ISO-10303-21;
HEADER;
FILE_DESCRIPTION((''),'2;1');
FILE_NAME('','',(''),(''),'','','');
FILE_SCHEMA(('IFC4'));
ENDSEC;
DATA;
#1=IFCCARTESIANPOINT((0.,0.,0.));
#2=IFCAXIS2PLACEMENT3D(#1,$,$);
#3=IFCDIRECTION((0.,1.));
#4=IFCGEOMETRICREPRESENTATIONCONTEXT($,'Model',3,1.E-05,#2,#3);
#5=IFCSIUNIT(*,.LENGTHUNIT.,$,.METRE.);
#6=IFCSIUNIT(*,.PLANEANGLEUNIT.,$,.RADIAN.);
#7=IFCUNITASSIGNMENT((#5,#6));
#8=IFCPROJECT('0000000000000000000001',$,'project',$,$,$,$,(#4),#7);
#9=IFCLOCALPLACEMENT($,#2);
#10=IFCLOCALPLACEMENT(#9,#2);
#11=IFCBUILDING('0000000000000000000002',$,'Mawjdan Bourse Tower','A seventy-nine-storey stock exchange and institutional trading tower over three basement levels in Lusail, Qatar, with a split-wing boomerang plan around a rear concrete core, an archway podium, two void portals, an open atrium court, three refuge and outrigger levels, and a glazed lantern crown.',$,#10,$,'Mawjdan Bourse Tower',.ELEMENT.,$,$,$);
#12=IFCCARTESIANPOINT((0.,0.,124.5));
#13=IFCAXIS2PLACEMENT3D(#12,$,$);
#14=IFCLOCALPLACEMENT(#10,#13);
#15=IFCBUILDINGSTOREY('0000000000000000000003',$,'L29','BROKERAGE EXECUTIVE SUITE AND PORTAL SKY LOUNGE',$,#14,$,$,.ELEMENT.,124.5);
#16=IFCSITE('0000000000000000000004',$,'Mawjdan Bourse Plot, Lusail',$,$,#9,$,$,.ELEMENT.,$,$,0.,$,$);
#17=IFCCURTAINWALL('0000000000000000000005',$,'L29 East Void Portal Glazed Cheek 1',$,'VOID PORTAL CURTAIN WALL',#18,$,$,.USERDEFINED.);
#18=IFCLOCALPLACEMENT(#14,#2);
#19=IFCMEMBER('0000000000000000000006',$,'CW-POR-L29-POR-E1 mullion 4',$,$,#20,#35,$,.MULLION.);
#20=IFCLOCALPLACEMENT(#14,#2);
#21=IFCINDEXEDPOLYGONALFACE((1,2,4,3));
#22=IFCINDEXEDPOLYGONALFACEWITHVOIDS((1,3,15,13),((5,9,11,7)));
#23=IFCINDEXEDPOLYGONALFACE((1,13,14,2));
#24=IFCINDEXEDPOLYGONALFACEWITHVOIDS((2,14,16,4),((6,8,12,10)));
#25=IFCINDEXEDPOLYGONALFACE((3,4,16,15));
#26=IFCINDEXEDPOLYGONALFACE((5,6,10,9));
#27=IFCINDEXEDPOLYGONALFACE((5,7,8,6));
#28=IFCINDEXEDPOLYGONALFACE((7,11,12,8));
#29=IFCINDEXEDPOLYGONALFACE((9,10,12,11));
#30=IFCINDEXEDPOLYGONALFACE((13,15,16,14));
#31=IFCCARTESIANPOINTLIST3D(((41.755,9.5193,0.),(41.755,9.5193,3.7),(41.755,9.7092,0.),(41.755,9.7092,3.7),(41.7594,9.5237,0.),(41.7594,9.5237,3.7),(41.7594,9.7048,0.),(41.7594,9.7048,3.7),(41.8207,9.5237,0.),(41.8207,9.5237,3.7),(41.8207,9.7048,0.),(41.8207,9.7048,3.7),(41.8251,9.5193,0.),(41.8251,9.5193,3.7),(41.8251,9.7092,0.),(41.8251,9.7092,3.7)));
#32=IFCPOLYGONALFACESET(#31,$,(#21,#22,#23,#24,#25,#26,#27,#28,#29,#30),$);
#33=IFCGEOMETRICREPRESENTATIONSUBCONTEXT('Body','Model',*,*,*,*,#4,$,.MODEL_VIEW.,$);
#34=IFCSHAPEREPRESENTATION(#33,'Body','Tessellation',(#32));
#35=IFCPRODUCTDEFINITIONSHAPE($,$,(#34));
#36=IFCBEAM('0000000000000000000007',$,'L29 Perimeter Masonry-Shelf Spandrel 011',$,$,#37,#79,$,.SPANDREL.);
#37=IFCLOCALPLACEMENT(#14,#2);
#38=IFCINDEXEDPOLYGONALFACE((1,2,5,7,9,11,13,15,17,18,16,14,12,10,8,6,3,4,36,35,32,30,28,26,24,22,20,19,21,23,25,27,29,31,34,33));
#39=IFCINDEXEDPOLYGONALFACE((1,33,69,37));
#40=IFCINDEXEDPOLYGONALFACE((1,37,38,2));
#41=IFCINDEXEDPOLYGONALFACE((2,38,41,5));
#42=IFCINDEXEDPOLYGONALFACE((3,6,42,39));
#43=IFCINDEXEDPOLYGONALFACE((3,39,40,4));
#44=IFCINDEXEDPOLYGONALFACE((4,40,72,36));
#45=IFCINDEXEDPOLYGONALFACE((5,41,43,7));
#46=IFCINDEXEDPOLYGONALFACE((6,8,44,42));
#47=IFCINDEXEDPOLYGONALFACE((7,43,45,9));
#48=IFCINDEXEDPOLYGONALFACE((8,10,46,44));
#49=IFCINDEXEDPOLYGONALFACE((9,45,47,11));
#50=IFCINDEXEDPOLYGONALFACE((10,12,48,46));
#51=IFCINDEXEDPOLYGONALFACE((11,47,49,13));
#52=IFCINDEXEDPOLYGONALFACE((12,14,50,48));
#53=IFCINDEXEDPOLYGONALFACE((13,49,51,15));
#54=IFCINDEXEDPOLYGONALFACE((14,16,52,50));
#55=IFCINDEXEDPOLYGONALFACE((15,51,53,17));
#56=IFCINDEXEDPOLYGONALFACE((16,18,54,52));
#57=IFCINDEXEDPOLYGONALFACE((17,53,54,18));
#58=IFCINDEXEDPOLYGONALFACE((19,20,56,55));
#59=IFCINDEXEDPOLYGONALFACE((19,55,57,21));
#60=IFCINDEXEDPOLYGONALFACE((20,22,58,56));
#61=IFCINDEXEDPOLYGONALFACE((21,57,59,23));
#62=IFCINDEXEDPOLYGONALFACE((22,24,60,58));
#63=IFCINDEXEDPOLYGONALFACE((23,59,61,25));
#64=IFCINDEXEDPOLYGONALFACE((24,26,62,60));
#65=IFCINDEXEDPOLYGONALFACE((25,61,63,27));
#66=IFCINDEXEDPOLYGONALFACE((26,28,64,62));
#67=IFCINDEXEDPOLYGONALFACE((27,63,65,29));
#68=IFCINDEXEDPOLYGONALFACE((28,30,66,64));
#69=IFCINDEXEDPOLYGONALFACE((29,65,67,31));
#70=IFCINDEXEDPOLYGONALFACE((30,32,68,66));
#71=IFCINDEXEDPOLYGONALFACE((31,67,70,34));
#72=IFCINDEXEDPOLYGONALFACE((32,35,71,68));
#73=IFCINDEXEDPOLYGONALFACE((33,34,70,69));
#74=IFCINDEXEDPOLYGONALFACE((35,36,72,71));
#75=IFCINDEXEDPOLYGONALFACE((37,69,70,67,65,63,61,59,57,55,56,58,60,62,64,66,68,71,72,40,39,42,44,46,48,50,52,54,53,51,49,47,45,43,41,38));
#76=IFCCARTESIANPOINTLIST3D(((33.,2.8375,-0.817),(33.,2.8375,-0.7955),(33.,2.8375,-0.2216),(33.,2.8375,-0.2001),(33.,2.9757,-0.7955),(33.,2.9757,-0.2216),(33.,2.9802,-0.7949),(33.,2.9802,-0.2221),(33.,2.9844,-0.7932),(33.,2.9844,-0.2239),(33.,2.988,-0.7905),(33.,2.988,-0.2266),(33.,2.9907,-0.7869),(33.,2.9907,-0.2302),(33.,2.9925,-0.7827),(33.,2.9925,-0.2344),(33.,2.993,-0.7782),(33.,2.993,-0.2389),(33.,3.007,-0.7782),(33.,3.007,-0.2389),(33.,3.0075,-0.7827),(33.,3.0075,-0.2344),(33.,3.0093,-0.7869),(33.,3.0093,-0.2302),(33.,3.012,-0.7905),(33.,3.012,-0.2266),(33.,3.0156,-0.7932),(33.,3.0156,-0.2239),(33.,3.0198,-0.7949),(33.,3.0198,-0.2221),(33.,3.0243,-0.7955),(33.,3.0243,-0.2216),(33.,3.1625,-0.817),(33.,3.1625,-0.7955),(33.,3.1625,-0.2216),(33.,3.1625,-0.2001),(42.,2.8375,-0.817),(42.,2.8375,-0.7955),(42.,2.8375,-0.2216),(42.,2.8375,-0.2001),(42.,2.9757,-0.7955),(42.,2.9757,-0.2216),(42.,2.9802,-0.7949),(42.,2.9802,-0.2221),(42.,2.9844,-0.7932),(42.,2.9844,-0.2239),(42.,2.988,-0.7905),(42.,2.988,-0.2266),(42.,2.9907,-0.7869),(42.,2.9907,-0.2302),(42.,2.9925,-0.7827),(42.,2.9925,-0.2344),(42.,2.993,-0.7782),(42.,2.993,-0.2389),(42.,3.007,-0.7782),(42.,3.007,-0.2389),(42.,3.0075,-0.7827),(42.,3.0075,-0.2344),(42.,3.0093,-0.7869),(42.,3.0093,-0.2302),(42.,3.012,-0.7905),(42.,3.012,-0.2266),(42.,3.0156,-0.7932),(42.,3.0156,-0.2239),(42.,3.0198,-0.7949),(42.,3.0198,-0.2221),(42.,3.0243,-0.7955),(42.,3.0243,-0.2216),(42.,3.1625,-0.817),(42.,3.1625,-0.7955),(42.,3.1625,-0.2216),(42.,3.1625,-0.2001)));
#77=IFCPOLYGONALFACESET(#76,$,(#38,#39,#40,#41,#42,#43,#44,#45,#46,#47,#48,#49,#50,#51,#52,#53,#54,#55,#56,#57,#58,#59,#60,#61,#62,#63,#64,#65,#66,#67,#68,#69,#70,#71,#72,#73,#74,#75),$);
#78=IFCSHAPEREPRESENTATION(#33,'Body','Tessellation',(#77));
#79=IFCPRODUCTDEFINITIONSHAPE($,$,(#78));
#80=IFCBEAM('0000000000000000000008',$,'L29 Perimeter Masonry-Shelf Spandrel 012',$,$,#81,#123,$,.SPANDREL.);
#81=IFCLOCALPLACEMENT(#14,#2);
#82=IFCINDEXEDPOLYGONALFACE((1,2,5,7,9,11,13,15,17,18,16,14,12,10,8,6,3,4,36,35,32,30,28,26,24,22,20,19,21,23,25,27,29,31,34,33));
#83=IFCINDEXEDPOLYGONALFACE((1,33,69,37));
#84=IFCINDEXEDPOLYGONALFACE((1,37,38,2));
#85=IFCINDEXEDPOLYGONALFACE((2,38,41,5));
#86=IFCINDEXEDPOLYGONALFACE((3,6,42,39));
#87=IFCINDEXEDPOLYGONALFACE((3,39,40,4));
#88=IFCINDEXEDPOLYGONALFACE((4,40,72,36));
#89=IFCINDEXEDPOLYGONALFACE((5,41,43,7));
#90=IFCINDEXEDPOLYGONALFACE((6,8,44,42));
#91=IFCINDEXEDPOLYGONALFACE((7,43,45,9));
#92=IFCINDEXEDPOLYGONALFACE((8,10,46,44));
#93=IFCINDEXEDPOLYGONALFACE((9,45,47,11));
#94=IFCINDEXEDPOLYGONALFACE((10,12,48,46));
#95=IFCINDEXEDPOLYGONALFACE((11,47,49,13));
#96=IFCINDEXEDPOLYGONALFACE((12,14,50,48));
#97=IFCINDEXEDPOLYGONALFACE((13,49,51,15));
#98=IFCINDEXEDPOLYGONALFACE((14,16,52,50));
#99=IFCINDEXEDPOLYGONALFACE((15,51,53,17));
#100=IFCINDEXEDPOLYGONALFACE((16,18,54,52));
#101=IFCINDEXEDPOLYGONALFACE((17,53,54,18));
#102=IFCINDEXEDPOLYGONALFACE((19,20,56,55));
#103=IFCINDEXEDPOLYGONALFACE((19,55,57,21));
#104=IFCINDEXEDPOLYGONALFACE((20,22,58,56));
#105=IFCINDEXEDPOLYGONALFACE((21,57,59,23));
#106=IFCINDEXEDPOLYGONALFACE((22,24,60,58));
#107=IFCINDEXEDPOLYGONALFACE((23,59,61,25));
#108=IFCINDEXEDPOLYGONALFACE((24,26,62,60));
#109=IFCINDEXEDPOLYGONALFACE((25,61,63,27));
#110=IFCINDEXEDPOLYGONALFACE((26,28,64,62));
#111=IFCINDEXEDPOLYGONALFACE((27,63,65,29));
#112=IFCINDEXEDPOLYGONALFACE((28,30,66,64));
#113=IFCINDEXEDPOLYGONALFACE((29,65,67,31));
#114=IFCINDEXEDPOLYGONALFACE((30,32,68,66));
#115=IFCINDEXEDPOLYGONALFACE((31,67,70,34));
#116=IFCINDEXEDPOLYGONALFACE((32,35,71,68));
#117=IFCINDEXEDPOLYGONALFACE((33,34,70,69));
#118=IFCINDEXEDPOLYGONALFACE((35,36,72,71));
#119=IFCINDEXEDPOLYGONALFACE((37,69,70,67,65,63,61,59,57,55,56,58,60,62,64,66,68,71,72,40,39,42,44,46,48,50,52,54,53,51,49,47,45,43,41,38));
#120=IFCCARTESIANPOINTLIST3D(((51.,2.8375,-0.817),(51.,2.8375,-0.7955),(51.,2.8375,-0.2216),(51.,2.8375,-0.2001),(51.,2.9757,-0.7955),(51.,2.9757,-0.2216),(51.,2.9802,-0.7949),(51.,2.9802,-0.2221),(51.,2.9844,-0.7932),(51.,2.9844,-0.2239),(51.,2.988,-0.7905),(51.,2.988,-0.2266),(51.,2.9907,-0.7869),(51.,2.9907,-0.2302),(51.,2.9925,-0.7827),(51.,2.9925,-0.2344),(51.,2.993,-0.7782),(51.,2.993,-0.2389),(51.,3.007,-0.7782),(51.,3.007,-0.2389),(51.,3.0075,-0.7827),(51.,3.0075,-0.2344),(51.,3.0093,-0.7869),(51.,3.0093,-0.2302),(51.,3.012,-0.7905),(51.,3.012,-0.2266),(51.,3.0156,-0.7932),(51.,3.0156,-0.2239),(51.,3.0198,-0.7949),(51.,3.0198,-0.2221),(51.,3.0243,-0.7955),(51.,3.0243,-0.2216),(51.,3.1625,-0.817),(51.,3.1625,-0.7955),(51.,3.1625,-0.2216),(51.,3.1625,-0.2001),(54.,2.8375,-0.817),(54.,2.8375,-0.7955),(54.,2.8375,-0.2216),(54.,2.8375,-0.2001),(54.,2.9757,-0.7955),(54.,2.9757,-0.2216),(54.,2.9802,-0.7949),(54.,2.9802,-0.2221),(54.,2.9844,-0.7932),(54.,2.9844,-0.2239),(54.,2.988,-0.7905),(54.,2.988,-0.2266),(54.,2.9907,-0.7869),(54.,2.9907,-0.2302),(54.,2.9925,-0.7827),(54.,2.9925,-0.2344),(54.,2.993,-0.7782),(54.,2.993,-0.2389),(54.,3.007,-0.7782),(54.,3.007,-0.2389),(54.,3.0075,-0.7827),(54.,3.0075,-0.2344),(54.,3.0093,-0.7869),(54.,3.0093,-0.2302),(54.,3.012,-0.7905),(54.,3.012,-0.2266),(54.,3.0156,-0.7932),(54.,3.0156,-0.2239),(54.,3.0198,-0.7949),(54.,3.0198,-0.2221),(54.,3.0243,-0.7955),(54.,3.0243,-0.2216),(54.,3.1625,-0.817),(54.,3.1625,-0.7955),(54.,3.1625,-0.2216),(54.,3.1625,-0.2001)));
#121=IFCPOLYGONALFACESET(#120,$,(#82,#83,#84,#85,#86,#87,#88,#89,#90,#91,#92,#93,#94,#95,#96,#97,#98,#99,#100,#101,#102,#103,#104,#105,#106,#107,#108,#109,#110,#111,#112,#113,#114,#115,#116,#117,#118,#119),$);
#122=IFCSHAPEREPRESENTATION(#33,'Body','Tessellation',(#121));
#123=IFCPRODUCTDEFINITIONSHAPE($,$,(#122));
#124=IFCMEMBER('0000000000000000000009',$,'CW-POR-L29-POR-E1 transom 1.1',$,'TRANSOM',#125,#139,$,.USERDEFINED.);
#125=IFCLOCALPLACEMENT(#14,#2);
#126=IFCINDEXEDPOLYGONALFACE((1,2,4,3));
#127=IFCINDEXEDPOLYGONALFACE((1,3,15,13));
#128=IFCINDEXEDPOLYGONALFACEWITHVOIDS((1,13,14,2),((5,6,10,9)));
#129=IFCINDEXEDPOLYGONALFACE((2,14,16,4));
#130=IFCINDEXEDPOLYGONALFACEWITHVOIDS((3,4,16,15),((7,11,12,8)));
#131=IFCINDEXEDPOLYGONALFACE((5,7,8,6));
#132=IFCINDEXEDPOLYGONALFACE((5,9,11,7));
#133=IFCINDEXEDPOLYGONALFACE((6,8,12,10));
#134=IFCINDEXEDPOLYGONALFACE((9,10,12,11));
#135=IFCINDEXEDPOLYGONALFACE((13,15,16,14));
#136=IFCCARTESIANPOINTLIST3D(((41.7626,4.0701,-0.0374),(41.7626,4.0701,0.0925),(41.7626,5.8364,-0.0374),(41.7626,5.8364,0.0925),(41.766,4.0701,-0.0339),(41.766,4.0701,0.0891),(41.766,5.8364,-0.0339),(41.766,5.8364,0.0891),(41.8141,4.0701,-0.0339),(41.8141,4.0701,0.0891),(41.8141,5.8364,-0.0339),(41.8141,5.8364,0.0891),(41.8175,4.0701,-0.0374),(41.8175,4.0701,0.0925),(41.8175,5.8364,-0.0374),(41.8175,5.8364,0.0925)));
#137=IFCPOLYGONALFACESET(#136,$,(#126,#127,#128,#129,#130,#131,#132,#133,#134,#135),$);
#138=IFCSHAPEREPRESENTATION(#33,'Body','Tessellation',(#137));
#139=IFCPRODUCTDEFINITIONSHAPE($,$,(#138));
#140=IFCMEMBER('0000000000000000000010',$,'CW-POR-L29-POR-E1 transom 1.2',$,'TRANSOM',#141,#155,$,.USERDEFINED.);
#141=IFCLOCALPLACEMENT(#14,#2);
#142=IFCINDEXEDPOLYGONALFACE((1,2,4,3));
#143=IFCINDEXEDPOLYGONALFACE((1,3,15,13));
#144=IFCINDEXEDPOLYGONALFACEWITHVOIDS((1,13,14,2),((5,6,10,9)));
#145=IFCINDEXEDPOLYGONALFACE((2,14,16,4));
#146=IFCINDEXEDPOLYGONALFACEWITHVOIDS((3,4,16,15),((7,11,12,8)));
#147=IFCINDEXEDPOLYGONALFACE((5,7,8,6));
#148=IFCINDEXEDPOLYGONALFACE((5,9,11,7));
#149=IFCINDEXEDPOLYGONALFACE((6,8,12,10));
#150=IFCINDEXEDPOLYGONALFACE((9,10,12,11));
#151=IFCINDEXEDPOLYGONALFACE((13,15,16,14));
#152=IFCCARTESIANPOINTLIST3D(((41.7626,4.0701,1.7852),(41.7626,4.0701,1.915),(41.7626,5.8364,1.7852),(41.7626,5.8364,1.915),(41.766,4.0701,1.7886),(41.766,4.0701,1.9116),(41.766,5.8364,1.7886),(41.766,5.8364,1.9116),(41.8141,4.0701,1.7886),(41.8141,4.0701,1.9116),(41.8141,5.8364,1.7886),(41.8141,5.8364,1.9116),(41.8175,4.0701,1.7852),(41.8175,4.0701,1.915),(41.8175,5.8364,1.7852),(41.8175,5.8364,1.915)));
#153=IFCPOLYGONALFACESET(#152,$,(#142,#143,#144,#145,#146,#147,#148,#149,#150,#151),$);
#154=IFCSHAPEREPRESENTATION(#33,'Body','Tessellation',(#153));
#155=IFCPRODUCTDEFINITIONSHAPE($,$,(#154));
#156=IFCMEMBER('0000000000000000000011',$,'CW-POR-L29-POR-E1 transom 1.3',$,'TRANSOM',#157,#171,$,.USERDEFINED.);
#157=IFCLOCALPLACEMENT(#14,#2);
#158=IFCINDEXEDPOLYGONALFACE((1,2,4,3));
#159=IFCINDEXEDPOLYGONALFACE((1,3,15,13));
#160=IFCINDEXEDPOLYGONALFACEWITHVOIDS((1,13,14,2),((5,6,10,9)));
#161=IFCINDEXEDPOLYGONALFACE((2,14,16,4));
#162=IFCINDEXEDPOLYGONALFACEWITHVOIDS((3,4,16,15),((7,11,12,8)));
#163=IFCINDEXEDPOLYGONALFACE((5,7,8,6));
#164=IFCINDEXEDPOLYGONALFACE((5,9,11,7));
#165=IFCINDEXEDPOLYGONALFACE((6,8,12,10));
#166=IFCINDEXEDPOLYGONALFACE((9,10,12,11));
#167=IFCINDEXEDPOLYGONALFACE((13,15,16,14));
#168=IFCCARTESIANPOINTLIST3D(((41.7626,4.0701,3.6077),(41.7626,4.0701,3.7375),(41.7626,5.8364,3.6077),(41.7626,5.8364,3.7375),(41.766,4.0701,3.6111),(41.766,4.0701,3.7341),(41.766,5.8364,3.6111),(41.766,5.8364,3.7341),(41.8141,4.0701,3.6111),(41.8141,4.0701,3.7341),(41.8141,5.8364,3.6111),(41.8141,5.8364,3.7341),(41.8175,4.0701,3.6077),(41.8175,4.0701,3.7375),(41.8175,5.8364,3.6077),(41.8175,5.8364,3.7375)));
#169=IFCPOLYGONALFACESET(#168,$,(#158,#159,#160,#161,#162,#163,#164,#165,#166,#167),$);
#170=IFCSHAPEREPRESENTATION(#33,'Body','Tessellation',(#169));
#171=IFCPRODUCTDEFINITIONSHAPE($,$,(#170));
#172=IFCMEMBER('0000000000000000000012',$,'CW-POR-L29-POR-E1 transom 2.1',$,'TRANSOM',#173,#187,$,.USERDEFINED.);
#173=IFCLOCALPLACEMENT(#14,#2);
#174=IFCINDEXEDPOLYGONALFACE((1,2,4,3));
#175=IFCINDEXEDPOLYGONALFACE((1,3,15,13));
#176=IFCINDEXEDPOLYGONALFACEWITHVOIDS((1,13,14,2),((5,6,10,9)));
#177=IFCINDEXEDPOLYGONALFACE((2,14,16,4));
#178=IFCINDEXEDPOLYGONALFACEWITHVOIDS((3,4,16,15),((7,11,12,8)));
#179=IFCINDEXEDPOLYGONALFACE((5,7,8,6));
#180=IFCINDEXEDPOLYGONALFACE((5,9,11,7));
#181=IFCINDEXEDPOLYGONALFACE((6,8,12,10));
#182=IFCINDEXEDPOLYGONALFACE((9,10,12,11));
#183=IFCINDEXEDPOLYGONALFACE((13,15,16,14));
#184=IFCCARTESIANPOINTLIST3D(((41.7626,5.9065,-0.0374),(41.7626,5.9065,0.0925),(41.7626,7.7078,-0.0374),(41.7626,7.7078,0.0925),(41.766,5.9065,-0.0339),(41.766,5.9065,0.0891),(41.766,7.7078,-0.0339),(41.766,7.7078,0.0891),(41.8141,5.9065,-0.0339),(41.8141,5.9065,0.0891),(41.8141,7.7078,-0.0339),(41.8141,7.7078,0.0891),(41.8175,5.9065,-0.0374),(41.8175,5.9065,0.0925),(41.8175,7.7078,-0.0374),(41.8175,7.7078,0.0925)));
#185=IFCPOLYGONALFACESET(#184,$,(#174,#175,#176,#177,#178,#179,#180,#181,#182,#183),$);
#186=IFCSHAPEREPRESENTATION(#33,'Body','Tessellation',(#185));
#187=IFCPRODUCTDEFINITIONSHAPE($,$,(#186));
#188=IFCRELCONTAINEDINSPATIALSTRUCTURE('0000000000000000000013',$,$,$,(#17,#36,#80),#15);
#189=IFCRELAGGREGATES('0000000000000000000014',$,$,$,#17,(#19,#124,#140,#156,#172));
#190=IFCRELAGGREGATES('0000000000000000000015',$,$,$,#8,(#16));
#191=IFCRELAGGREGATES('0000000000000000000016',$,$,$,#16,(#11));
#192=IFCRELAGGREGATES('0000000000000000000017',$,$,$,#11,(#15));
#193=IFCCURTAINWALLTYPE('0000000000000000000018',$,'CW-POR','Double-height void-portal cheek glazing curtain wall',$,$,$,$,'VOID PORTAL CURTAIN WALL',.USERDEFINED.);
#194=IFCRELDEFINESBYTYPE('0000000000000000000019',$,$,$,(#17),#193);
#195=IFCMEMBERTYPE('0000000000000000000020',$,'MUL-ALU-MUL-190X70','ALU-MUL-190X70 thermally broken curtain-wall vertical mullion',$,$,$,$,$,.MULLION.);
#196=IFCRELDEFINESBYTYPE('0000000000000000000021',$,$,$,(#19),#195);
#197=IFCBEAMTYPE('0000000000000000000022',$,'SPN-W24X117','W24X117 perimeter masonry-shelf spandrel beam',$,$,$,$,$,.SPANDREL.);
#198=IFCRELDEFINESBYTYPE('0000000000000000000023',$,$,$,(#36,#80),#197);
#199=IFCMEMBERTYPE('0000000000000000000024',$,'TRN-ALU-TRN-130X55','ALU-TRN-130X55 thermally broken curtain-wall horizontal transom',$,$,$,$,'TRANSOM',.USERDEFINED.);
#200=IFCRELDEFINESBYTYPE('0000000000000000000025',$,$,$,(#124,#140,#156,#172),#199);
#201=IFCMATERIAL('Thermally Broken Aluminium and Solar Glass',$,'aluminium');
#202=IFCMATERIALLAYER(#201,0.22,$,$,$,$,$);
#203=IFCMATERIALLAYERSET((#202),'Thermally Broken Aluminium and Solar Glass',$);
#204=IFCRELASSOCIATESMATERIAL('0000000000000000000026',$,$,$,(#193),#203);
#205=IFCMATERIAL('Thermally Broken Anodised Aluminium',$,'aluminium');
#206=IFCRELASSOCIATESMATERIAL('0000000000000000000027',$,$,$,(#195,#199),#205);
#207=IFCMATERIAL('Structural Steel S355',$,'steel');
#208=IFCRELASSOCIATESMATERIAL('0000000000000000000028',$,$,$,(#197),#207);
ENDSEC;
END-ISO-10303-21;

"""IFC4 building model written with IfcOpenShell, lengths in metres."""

from ifc_helpers import new_model, si_unit, direction, frame, origin, origin_2d, place, context, subcontext, project, spatial, hollow_rectangle, i_section, extrude, material, layer, layer_set, material_profile, profile_set, type_object, element, aggregate, save


model = new_model("IFC4")

# Units and contexts
model_context = context("Model", 3, precision=1e-05, world=origin(), true_north=direction((0.0, 1.0)))
body_context = subcontext(model_context, "Body", "Model", "MODEL_VIEW")
ifc_project = project(units=[si_unit("LENGTHUNIT", "METRE"), si_unit("PLANEANGLEUNIT", "RADIAN")], contexts=[model_context])

# Site, building, storey
site_placement = place(None, origin())
site = spatial("IfcSite", under=ifc_project, at=site_placement, Name="Mawjdan Bourse Plot, Lusail", CompositionType="ELEMENT", RefElevation=0.0)
building_placement = place(site_placement, origin())
building = spatial("IfcBuilding", under=site, at=building_placement, Name="Mawjdan Bourse Tower", Description="A seventy-nine-storey stock exchange and institutional trading tower over three basement levels in Lusail, Qatar, with a split-wing boomerang plan around a rear concrete core, an archway podium, two void portals, an open atrium court, three refuge and outrigger levels, and a glazed lantern crown.", LongName="Mawjdan Bourse Tower", CompositionType="ELEMENT")
storey_placement = place(building_placement, frame((0.0, 0.0, 124.5)))
storey = spatial("IfcBuildingStorey", under=building, at=storey_placement, Name="L29", Description="BROKERAGE EXECUTIVE SUITE AND PORTAL SKY LOUNGE", CompositionType="ELEMENT", Elevation=124.5)

# Shared definitions
ifc_material_1 = material(Name="Structural Steel S355", Category="steel")

# Curtain wall, member
ifc_material_2 = material(Name="Thermally Broken Aluminium and Solar Glass", Category="aluminium")
ifc_layer_1 = layer(ifc_material_2, 0.22)
ifc_layer_set_1 = layer_set([ifc_layer_1], Name="Thermally Broken Aluminium and Solar Glass")
curtain_wall_type = type_object("IfcCurtainWallType", Name="CW-POR", Description="Double-height void-portal cheek glazing curtain wall", ElementType="VOID PORTAL CURTAIN WALL", PredefinedType="USERDEFINED", material=ifc_layer_set_1)
curtain_wall_placement = place(storey_placement, origin())
curtain_wall = element("IfcCurtainWall", 1, at=curtain_wall_placement, inside=storey, type_object=curtain_wall_type, Name="L29 East Void Portal Glazed Cheek 1", ObjectType="VOID PORTAL CURTAIN WALL", PredefinedType="USERDEFINED")
ifc_material_3 = material(Name="Thermally Broken Anodised Aluminium", Category="aluminium")
ifc_material_profile_1 = material_profile(ifc_material_3, hollow_rectangle(XDim=0.0701, YDim=0.1899, WallThickness=0.0044, at=origin_2d()), Name="ALU-MUL-190X70")
ifc_profile_set_1 = profile_set([ifc_material_profile_1], Name="Thermally Broken Anodised Aluminium")
member_type_1 = type_object("IfcMemberType", Name="MUL-ALU-MUL-190X70", Description="ALU-MUL-190X70 thermally broken curtain-wall vertical mullion", PredefinedType="MULLION", material=ifc_profile_set_1)
member_1_placement = place(storey_placement, frame((41.79, 9.6143, 0.0), z_axis=(0.0, 0.0, 1.0), x_axis=(-1.0, 0.0, 0.0)))
member_1 = element("IfcMember", 2, at=member_1_placement, type_object=member_type_1, Name="CW-POR-L29-POR-E1 mullion 4", PredefinedType="MULLION", context=body_context, shape_type="SweptSolid", body=[
    extrude(hollow_rectangle(XDim=0.0701, YDim=0.1899, WallThickness=0.0044, at=origin_2d()), origin(), (0.0, 0.0, 1.0), 3.7),
])

# Beams
ifc_material_profile_2 = material_profile(ifc_material_1, i_section(OverallWidth=0.325, OverallDepth=0.6169, WebThickness=0.0139, FlangeThickness=0.0215, FilletRadius=0.0173, at=origin_2d()), Name="W24X117")
ifc_profile_set_2 = profile_set([ifc_material_profile_2], Name="Structural Steel S355")
beam_type_1 = type_object("IfcBeamType", Name="SPN-W24X117", Description="W24X117 perimeter masonry-shelf spandrel beam", PredefinedType="SPANDREL", material=ifc_profile_set_2)
beam_1_placement = place(storey_placement, frame((33.0, 3.0, -0.5085), z_axis=(1.0, 0.0, 0.0), x_axis=(0.0, 1.0, 0.0)))
element("IfcBeam", 3, at=beam_1_placement, inside=storey, type_object=beam_type_1, Name="L29 Perimeter Masonry-Shelf Spandrel 011", PredefinedType="SPANDREL", context=body_context, shape_type="SweptSolid", body=[
    extrude(i_section(OverallWidth=0.325, OverallDepth=0.6169, WebThickness=0.0139, FlangeThickness=0.0215, FilletRadius=0.0173, at=origin_2d()), origin(), (0.0, 0.0, 1.0), 9.0),
])
beam_2_placement = place(storey_placement, frame((51.0, 3.0, -0.5085), z_axis=(1.0, 0.0, 0.0), x_axis=(0.0, 1.0, 0.0)))
element("IfcBeam", 4, at=beam_2_placement, inside=storey, type_object=beam_type_1, Name="L29 Perimeter Masonry-Shelf Spandrel 012", PredefinedType="SPANDREL", context=body_context, shape_type="SweptSolid", body=[
    extrude(i_section(OverallWidth=0.325, OverallDepth=0.6169, WebThickness=0.0139, FlangeThickness=0.0215, FilletRadius=0.0173, at=origin_2d()), origin(), (0.0, 0.0, 1.0), 3.0),
])

# Members
ifc_material_profile_3 = material_profile(ifc_material_3, hollow_rectangle(XDim=0.0549, YDim=0.1299, WallThickness=0.0034, at=origin_2d()), Name="ALU-TRN-130X55")
ifc_profile_set_3 = profile_set([ifc_material_profile_3], Name="Thermally Broken Anodised Aluminium")
member_type_2 = type_object("IfcMemberType", Name="TRN-ALU-TRN-130X55", Description="ALU-TRN-130X55 thermally broken curtain-wall horizontal transom", ElementType="TRANSOM", PredefinedType="USERDEFINED", material=ifc_profile_set_3)
member_2_placement = place(storey_placement, frame((41.79, 4.0701, 0.0276), z_axis=(0.0, 1.0, 0.0), x_axis=(-1.0, 0.0, 0.0)))
member_2 = element("IfcMember", 5, at=member_2_placement, type_object=member_type_2, Name="CW-POR-L29-POR-E1 transom 1.1", ObjectType="TRANSOM", PredefinedType="USERDEFINED", context=body_context, shape_type="SweptSolid", body=[
    extrude(hollow_rectangle(XDim=0.0549, YDim=0.1299, WallThickness=0.0034, at=origin_2d()), origin(), (0.0, 0.0, 1.0), 1.7664),
])
member_3_placement = place(storey_placement, frame((41.79, 4.0701, 1.8501), z_axis=(0.0, 1.0, 0.0), x_axis=(-1.0, 0.0, 0.0)))
member_3 = element("IfcMember", 6, at=member_3_placement, type_object=member_type_2, Name="CW-POR-L29-POR-E1 transom 1.2", ObjectType="TRANSOM", PredefinedType="USERDEFINED", context=body_context, shape_type="SweptSolid", body=[
    extrude(hollow_rectangle(XDim=0.0549, YDim=0.1299, WallThickness=0.0034, at=origin_2d()), origin(), (0.0, 0.0, 1.0), 1.7664),
])
member_4_placement = place(storey_placement, frame((41.79, 4.0701, 3.6726), z_axis=(0.0, 1.0, 0.0), x_axis=(-1.0, 0.0, 0.0)))
member_4 = element("IfcMember", 7, at=member_4_placement, type_object=member_type_2, Name="CW-POR-L29-POR-E1 transom 1.3", ObjectType="TRANSOM", PredefinedType="USERDEFINED", context=body_context, shape_type="SweptSolid", body=[
    extrude(hollow_rectangle(XDim=0.0549, YDim=0.1299, WallThickness=0.0034, at=origin_2d()), origin(), (0.0, 0.0, 1.0), 1.7664),
])
member_5_placement = place(storey_placement, frame((41.79, 5.9065, 0.0276), z_axis=(0.0, 1.0, 0.0), x_axis=(-1.0, 0.0, 0.0)))
member_5 = element("IfcMember", 8, at=member_5_placement, type_object=member_type_2, Name="CW-POR-L29-POR-E1 transom 2.1", ObjectType="TRANSOM", PredefinedType="USERDEFINED", context=body_context, shape_type="SweptSolid", body=[
    extrude(hollow_rectangle(XDim=0.0549, YDim=0.1299, WallThickness=0.0034, at=origin_2d()), origin(), (0.0, 0.0, 1.0), 1.8013),
])

aggregate(curtain_wall, [member_1, member_2, member_3, member_4, member_5])

save(model, "model.ifc")
